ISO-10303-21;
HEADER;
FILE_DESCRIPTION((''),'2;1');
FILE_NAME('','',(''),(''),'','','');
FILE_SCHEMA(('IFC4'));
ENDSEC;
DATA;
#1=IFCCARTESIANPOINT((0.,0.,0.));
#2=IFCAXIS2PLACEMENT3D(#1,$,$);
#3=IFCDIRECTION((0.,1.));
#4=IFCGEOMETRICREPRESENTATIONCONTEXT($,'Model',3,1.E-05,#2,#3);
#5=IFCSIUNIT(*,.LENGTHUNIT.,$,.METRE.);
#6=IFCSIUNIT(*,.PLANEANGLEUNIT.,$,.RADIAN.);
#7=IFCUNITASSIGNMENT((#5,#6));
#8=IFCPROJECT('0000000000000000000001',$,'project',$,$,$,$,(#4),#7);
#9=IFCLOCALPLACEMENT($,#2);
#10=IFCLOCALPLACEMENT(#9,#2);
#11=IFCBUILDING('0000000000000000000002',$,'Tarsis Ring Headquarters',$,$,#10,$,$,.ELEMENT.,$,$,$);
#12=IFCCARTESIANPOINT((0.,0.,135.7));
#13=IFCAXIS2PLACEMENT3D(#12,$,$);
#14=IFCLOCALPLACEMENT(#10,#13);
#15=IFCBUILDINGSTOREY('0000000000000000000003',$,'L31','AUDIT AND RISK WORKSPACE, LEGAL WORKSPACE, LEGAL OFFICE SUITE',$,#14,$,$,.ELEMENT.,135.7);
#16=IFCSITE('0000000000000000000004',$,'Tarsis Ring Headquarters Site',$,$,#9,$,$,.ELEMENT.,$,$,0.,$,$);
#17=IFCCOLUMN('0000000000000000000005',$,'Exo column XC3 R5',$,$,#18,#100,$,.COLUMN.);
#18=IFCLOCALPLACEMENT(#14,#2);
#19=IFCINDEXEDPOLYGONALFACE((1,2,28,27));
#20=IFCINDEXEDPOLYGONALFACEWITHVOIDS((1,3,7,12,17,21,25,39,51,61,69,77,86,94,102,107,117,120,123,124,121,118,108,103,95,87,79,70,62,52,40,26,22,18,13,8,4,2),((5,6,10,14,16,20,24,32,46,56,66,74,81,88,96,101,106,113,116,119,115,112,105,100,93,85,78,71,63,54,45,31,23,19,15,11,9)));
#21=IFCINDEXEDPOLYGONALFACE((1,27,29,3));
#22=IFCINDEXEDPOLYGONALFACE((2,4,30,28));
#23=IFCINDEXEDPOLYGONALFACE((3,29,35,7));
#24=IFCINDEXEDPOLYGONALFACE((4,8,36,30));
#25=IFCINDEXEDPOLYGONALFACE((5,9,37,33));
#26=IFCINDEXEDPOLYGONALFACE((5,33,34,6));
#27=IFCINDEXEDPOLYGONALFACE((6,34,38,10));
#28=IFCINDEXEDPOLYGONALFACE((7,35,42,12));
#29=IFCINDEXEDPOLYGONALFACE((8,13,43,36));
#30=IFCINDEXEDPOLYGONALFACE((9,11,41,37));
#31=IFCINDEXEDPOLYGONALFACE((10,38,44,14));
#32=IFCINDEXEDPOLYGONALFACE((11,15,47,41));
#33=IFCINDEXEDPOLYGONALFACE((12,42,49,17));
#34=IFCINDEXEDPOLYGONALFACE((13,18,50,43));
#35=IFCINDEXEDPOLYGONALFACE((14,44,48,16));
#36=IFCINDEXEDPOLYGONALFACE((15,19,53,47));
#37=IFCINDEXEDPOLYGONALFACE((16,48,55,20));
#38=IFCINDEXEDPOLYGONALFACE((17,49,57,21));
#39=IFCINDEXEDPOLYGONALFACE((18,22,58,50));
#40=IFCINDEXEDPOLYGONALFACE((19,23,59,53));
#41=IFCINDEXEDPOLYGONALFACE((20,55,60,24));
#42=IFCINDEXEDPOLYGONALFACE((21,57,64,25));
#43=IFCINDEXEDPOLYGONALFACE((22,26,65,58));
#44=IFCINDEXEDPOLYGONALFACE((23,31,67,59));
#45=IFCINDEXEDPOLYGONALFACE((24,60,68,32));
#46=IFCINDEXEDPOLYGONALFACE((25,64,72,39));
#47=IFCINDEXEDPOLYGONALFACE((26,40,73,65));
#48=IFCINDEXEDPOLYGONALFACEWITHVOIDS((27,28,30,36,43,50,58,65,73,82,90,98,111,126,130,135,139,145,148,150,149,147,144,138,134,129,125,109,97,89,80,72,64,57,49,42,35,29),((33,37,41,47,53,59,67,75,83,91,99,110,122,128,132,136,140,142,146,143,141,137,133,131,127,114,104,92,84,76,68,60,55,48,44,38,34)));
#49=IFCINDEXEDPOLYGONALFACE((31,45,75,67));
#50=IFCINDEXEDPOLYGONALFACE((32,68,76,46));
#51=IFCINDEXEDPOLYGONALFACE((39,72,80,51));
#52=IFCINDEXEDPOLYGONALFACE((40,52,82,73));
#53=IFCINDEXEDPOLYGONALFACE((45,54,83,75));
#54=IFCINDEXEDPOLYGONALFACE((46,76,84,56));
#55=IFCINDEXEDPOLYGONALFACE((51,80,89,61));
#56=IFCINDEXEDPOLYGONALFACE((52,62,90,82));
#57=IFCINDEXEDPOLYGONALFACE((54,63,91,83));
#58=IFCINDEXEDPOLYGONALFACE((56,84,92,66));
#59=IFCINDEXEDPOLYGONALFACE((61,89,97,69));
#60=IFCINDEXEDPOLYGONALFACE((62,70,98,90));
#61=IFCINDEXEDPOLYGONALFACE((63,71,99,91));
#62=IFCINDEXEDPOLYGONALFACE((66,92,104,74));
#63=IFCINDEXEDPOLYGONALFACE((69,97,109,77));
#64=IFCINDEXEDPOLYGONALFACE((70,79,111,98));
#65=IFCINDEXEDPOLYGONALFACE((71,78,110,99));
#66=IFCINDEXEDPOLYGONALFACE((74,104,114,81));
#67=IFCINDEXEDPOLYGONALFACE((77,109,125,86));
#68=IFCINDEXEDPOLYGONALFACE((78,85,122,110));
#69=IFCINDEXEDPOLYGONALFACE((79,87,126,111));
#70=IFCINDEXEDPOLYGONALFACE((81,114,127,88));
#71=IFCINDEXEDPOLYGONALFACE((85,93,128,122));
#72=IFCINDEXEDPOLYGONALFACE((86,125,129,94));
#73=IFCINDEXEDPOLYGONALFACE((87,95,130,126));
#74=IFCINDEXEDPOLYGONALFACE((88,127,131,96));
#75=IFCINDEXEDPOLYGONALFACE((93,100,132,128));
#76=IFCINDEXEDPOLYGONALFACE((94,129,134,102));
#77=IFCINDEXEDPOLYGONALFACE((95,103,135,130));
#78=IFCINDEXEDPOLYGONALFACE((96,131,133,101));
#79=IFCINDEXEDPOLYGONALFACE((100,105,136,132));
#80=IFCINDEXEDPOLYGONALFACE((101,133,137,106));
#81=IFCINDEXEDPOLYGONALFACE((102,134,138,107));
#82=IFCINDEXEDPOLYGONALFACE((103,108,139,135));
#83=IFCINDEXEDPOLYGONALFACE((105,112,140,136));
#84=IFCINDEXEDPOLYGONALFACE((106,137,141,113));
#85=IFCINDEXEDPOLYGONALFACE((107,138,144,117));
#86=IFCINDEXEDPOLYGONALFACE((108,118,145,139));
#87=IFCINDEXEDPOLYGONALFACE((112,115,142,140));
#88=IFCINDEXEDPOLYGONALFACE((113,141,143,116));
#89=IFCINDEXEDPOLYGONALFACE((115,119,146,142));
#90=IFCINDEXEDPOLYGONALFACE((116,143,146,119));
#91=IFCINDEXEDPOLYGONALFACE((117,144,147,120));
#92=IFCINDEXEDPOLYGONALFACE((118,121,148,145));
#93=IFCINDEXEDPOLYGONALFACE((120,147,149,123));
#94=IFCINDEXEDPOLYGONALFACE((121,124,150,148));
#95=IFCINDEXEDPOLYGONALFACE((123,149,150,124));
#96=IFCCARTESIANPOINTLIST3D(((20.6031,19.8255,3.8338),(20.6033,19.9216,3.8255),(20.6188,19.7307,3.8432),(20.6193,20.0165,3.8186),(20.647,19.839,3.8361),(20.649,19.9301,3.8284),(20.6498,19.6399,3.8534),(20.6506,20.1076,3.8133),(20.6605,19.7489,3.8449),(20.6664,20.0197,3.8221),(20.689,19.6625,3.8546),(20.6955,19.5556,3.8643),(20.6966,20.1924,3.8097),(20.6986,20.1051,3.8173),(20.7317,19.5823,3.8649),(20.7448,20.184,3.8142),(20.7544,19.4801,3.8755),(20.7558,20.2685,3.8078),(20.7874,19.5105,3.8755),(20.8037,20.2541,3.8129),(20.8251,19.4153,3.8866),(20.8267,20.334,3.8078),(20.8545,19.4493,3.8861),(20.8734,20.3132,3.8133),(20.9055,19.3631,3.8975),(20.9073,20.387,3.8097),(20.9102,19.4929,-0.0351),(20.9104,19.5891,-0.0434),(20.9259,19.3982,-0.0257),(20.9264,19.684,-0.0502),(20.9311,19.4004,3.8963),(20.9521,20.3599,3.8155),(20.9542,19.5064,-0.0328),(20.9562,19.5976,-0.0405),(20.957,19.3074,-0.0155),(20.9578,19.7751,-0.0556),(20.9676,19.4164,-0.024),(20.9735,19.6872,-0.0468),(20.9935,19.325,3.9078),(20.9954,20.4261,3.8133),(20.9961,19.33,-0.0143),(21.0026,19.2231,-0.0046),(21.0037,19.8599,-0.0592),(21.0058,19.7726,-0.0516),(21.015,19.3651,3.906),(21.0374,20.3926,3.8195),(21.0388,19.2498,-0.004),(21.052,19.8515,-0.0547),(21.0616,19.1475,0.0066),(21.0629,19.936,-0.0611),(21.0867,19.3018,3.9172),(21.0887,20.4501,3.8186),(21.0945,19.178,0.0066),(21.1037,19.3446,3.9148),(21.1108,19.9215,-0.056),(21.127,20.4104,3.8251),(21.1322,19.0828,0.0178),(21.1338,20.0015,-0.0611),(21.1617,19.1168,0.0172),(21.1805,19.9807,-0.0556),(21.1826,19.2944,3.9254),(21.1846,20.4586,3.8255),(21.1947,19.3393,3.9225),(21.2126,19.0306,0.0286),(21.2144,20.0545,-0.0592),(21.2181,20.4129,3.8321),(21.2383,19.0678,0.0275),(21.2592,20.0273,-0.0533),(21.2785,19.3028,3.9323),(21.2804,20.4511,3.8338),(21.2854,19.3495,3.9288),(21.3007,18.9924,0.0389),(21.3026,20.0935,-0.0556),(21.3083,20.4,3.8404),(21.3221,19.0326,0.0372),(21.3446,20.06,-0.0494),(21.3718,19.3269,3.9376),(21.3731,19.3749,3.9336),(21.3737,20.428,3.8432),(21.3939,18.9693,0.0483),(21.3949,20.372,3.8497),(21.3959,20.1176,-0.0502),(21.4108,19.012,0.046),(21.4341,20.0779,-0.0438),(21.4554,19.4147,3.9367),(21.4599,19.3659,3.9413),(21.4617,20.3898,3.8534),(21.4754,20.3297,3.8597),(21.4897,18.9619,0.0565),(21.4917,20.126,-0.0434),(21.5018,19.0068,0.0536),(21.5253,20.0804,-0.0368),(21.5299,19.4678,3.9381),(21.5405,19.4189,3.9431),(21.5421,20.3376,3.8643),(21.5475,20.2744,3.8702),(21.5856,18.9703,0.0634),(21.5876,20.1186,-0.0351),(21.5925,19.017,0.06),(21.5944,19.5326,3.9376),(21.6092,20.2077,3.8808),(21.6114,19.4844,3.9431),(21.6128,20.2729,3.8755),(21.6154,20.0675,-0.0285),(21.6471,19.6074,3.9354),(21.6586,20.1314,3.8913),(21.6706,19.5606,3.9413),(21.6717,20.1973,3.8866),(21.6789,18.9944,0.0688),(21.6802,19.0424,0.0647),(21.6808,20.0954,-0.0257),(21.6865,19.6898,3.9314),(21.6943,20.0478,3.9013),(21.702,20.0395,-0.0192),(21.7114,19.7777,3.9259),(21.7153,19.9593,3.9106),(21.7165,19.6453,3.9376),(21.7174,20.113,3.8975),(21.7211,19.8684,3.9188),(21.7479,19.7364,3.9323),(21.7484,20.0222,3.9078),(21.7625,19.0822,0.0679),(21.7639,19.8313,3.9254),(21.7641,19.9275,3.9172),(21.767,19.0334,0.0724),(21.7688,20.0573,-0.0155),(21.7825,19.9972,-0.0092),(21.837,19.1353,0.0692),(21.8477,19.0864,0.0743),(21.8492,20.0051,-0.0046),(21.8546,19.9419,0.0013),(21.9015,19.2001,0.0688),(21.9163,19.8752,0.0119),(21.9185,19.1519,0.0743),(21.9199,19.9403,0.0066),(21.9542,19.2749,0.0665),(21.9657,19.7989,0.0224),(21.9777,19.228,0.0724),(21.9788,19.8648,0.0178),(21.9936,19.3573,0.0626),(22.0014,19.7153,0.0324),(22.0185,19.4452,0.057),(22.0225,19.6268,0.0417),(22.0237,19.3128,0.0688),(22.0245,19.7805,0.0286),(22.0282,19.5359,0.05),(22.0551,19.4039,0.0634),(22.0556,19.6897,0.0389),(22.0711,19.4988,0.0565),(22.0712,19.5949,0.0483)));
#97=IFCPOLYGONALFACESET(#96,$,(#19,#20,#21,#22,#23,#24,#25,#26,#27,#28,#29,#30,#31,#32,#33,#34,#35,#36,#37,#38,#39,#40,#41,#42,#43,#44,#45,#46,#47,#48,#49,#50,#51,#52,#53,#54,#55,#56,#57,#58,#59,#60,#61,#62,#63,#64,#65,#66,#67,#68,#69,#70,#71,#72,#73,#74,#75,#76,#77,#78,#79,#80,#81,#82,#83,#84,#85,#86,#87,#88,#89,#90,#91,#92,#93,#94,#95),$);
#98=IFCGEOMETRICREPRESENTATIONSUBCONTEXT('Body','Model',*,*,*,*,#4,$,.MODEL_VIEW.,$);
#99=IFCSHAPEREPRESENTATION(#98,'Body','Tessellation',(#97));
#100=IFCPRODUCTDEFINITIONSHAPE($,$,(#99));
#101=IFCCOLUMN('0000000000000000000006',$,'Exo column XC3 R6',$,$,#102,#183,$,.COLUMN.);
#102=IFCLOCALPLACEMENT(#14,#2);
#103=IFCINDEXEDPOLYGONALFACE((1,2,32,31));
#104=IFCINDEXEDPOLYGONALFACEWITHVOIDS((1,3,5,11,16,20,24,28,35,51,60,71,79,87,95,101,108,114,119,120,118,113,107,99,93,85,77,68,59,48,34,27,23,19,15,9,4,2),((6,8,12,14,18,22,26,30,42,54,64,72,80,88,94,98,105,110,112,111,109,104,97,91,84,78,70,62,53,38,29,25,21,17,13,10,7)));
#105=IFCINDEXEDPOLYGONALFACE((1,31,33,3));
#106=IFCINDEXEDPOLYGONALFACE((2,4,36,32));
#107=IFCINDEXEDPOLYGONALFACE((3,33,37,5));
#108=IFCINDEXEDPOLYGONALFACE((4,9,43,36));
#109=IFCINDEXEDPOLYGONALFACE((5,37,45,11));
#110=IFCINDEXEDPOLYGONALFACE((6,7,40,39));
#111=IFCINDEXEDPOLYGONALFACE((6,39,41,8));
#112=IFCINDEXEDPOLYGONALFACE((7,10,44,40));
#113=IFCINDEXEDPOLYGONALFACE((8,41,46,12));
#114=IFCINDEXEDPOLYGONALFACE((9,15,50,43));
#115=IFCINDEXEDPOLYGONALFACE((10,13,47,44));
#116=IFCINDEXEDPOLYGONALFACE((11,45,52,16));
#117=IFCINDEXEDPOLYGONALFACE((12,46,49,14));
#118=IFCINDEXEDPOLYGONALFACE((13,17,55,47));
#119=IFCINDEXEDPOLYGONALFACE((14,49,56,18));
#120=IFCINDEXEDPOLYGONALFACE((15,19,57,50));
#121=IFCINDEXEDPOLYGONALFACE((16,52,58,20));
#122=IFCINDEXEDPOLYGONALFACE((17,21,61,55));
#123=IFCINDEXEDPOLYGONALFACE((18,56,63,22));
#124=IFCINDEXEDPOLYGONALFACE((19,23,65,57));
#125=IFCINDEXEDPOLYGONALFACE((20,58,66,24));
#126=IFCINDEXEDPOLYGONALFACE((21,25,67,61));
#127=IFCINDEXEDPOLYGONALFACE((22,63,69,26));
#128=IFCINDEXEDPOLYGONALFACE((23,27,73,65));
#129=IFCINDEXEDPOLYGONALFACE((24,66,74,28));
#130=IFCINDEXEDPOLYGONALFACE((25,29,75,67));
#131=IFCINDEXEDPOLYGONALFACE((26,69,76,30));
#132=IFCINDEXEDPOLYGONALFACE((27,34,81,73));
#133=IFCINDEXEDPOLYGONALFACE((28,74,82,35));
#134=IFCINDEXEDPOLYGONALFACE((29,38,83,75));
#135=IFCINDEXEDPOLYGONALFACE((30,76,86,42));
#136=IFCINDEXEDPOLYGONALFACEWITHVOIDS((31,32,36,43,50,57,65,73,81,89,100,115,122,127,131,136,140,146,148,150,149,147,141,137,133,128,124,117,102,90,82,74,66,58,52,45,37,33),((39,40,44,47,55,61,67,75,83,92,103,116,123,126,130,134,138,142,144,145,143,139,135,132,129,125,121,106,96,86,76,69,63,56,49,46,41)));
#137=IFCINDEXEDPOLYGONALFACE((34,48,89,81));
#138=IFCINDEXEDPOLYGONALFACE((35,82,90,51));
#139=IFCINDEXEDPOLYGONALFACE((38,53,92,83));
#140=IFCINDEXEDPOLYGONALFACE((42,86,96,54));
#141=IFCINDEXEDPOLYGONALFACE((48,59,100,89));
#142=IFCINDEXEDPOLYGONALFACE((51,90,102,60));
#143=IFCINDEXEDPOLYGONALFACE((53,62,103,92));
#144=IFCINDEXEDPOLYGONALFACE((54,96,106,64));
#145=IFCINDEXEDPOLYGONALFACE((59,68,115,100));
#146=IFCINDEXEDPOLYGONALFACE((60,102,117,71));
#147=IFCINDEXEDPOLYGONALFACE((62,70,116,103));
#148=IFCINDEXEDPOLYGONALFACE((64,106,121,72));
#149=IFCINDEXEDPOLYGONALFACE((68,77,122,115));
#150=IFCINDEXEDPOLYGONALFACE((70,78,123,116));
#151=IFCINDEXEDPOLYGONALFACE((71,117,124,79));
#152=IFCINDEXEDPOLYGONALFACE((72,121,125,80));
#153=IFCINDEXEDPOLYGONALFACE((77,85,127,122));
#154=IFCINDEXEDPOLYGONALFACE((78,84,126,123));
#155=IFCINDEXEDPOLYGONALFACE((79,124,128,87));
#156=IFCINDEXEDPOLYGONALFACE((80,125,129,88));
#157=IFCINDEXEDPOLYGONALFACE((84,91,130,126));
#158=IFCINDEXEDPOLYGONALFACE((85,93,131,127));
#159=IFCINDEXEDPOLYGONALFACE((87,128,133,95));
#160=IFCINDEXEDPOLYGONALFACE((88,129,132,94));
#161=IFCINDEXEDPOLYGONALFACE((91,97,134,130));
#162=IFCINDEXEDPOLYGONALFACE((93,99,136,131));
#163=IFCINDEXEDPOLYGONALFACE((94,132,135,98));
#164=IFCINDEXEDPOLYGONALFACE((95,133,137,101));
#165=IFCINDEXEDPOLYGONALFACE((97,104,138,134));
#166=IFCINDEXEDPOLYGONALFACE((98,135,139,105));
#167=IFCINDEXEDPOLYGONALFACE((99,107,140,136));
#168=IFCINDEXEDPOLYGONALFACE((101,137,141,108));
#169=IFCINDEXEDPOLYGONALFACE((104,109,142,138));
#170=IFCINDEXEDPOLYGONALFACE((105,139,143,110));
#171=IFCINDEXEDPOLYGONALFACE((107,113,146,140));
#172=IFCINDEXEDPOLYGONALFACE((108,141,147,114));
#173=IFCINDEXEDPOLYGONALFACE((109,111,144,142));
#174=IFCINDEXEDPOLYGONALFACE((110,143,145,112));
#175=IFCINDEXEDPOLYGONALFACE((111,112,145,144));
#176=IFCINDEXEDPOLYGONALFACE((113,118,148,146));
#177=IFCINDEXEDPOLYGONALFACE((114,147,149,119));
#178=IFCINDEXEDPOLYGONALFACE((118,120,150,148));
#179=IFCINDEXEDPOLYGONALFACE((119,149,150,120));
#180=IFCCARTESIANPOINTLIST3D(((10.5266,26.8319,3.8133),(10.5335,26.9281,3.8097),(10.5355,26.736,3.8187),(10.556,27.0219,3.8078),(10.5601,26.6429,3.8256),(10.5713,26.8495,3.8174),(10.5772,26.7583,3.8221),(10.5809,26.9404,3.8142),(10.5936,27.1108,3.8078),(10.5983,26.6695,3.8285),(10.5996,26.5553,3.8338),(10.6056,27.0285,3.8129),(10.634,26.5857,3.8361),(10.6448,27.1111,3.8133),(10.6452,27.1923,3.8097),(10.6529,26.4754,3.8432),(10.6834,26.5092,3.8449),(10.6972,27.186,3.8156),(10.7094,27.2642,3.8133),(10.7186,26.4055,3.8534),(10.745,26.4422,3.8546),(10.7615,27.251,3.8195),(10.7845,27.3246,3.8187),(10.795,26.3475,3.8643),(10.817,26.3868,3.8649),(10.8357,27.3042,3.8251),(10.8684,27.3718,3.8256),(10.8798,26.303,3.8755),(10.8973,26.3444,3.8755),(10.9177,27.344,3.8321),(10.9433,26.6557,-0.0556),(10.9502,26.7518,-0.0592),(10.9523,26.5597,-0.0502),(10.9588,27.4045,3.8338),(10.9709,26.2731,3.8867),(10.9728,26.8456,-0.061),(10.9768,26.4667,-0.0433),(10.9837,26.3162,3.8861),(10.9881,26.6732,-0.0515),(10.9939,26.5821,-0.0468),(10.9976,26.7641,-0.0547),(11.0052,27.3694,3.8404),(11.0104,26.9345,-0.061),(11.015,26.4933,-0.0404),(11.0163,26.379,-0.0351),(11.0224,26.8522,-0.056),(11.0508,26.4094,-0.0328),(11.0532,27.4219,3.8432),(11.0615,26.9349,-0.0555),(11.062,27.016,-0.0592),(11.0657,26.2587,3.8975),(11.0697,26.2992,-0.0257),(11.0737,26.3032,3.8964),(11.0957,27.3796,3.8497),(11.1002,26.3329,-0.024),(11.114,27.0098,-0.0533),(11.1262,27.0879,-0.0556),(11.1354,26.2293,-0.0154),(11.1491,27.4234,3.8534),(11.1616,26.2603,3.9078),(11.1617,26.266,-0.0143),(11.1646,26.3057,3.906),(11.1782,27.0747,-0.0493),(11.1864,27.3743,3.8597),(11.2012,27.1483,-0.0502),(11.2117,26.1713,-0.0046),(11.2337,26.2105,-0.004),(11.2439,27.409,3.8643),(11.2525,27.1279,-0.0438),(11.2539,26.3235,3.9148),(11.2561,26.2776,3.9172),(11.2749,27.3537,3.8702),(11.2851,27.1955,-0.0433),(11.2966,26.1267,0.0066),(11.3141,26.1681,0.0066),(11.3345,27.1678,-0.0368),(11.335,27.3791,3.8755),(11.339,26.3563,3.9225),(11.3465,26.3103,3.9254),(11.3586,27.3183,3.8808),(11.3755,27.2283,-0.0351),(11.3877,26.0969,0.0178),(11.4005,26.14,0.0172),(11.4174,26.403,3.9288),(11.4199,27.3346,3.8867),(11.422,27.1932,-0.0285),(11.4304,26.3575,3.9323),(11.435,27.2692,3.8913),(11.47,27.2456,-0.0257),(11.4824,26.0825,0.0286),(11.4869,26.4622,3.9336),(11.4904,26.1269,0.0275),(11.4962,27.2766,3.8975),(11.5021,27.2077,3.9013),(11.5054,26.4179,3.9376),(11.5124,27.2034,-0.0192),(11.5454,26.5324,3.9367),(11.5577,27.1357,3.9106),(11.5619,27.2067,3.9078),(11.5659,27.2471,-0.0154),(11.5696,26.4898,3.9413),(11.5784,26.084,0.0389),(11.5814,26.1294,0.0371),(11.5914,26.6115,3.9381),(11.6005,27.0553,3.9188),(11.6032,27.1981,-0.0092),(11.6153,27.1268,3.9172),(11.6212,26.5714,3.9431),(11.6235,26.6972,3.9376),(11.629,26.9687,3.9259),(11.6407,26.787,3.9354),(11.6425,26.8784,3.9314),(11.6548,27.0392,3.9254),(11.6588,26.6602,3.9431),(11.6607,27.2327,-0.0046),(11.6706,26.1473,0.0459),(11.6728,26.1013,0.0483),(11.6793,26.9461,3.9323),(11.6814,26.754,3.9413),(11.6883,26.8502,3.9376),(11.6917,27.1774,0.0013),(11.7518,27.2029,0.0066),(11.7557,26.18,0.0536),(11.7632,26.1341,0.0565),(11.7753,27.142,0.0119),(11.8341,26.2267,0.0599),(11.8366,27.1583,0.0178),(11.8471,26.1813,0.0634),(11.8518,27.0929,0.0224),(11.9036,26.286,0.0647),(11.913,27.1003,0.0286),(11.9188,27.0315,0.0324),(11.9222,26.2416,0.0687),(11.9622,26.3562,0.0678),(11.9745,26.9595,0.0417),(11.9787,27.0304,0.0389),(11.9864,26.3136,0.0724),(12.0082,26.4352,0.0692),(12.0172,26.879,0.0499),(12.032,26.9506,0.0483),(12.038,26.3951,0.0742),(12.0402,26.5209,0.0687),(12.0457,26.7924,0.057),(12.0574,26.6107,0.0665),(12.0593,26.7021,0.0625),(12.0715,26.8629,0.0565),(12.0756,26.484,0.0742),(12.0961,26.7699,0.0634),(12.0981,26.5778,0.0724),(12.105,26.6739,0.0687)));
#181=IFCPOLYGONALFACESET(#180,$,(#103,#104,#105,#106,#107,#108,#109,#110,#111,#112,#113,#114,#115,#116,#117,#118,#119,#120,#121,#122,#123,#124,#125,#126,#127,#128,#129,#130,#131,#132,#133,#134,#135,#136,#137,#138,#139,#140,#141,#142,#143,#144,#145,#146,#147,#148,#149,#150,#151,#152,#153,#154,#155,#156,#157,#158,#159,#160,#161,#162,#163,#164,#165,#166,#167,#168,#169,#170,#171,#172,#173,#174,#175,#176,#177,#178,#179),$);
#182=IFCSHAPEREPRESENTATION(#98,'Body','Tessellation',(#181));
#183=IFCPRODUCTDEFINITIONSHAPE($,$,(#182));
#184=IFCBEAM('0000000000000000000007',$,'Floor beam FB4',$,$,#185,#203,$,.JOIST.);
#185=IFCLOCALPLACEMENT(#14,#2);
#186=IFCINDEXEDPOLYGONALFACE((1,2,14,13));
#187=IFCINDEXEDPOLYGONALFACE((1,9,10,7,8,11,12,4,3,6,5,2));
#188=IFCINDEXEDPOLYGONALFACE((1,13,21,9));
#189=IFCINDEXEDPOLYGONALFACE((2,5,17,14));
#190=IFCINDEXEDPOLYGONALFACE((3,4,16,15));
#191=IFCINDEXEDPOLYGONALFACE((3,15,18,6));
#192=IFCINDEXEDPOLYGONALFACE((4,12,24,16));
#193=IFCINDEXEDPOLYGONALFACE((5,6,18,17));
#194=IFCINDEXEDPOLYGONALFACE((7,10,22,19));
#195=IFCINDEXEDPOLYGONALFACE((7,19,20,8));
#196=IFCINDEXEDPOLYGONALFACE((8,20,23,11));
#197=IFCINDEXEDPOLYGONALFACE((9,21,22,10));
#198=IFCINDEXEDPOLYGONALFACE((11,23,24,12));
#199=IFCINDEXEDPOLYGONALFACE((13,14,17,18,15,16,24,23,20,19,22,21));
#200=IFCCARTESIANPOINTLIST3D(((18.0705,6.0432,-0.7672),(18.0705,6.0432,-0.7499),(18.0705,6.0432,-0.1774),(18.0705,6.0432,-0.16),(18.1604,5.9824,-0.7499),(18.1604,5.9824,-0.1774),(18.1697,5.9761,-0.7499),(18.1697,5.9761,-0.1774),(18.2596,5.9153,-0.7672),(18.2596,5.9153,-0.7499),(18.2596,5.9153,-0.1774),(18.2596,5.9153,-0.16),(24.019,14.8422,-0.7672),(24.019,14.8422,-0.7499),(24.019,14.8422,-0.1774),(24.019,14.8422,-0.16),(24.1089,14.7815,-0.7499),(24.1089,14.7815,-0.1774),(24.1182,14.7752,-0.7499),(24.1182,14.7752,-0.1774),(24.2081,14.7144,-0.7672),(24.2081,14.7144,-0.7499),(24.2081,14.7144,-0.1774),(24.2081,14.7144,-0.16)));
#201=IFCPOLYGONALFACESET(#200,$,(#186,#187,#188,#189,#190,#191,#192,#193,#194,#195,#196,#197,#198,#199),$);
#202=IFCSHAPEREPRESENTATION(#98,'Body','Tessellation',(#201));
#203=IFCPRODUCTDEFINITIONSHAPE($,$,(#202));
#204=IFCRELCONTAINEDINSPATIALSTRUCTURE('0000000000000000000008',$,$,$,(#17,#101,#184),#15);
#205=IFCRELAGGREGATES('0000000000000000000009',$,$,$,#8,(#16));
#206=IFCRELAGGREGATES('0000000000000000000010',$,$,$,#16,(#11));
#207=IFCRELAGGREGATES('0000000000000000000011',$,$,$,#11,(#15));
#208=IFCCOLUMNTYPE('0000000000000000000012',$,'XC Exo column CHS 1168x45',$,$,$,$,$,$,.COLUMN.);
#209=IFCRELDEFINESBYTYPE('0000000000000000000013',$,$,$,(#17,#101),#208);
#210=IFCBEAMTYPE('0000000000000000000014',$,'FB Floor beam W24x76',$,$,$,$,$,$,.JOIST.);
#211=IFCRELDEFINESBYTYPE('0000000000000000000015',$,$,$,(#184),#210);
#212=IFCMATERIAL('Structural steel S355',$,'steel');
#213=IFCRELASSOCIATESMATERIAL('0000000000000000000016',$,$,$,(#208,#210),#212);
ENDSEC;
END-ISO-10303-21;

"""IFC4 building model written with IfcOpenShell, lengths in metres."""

from ifc_helpers import new_model, si_unit, direction, frame, origin, origin_2d, place, context, subcontext, project, spatial, hollow_circle, i_section, extrude, material, material_profile, profile_set, type_object, element, save


model = new_model("IFC4")

# Units and contexts
model_context = context("Model", 3, precision=1e-05, world=origin(), true_north=direction((0.0, 1.0)))
body_context = subcontext(model_context, "Body", "Model", "MODEL_VIEW")
ifc_project = project(units=[si_unit("LENGTHUNIT", "METRE"), si_unit("PLANEANGLEUNIT", "RADIAN")], contexts=[model_context])

# Site, building, storey
site_placement = place(None, origin())
site = spatial("IfcSite", under=ifc_project, at=site_placement, Name="Tarsis Ring Headquarters Site", CompositionType="ELEMENT", RefElevation=0.0)
building_placement = place(site_placement, origin())
building = spatial("IfcBuilding", under=site, at=building_placement, Name="Tarsis Ring Headquarters", CompositionType="ELEMENT")
storey_placement = place(building_placement, frame((0.0, 0.0, 135.7)))
storey = spatial("IfcBuildingStorey", under=building, at=storey_placement, Name="L31", Description="AUDIT AND RISK WORKSPACE, LEGAL WORKSPACE, LEGAL OFFICE SUITE", CompositionType="ELEMENT", Elevation=135.7)

# Columns
ifc_material_1 = material(Name="Structural steel S355", Category="steel")
ifc_material_profile_1 = material_profile(ifc_material_1, hollow_circle(Radius=0.5842, WallThickness=0.0449, at=origin_2d()), Name="CHS 1168x45")
ifc_profile_set_1 = profile_set([ifc_material_profile_1], Name="Structural steel S355")
column_type = type_object("IfcColumnType", Name="XC Exo column CHS 1168x45", PredefinedType="COLUMN", material=ifc_profile_set_1)
for number, where, z_axis, x_axis, name in (
    (1, (21.4907, 19.5439, 0.0066), (-0.078846, 0.085365, 0.993225), (-0.734597, -0.678504, 0.0), "Exo column XC3 R5"),
    (2, (11.5242, 26.6648, 0.0066), (-0.106988, 0.045252, 0.99323), (-0.389552, -0.921004, 0.0), "Exo column XC3 R6"),
):
    element("IfcColumn", number, at=place(storey_placement, frame(where, z_axis=z_axis, x_axis=x_axis)), inside=storey, type_object=column_type, Name=name, PredefinedType="COLUMN", context=body_context, shape_type="SweptSolid", body=[
        extrude(hollow_circle(Radius=0.5842, WallThickness=0.0449, at=origin_2d()), origin(), (0.0, 0.0, 1.0), 3.8953),
    ])

# Beam
ifc_material_profile_2 = material_profile(ifc_material_1, i_section(OverallWidth=0.2283, OverallDepth=0.6072, WebThickness=0.0112, FlangeThickness=0.0173, at=origin_2d()), Name="W24x76")
ifc_profile_set_2 = profile_set([ifc_material_profile_2], Name="Structural steel S355")
beam_type_1 = type_object("IfcBeamType", Name="FB Floor beam W24x76", PredefinedType="JOIST", material=ifc_profile_set_2)
beam_1_placement = place(storey_placement, frame((24.1135, 14.7783, -0.4636), z_axis=(-0.560062, -0.828451, 0.0), x_axis=(0.828451, -0.560062, 0.0)))
element("IfcBeam", 3, at=beam_1_placement, inside=storey, type_object=beam_type_1, Name="Floor beam FB4", PredefinedType="JOIST", context=body_context, shape_type="SweptSolid", body=[
    extrude(i_section(OverallWidth=0.2283, OverallDepth=0.6072, WebThickness=0.0112, FlangeThickness=0.0173, at=origin_2d()), origin(), (0.0, 0.0, 1.0), 10.6211),
])

save(model, "model.ifc")
